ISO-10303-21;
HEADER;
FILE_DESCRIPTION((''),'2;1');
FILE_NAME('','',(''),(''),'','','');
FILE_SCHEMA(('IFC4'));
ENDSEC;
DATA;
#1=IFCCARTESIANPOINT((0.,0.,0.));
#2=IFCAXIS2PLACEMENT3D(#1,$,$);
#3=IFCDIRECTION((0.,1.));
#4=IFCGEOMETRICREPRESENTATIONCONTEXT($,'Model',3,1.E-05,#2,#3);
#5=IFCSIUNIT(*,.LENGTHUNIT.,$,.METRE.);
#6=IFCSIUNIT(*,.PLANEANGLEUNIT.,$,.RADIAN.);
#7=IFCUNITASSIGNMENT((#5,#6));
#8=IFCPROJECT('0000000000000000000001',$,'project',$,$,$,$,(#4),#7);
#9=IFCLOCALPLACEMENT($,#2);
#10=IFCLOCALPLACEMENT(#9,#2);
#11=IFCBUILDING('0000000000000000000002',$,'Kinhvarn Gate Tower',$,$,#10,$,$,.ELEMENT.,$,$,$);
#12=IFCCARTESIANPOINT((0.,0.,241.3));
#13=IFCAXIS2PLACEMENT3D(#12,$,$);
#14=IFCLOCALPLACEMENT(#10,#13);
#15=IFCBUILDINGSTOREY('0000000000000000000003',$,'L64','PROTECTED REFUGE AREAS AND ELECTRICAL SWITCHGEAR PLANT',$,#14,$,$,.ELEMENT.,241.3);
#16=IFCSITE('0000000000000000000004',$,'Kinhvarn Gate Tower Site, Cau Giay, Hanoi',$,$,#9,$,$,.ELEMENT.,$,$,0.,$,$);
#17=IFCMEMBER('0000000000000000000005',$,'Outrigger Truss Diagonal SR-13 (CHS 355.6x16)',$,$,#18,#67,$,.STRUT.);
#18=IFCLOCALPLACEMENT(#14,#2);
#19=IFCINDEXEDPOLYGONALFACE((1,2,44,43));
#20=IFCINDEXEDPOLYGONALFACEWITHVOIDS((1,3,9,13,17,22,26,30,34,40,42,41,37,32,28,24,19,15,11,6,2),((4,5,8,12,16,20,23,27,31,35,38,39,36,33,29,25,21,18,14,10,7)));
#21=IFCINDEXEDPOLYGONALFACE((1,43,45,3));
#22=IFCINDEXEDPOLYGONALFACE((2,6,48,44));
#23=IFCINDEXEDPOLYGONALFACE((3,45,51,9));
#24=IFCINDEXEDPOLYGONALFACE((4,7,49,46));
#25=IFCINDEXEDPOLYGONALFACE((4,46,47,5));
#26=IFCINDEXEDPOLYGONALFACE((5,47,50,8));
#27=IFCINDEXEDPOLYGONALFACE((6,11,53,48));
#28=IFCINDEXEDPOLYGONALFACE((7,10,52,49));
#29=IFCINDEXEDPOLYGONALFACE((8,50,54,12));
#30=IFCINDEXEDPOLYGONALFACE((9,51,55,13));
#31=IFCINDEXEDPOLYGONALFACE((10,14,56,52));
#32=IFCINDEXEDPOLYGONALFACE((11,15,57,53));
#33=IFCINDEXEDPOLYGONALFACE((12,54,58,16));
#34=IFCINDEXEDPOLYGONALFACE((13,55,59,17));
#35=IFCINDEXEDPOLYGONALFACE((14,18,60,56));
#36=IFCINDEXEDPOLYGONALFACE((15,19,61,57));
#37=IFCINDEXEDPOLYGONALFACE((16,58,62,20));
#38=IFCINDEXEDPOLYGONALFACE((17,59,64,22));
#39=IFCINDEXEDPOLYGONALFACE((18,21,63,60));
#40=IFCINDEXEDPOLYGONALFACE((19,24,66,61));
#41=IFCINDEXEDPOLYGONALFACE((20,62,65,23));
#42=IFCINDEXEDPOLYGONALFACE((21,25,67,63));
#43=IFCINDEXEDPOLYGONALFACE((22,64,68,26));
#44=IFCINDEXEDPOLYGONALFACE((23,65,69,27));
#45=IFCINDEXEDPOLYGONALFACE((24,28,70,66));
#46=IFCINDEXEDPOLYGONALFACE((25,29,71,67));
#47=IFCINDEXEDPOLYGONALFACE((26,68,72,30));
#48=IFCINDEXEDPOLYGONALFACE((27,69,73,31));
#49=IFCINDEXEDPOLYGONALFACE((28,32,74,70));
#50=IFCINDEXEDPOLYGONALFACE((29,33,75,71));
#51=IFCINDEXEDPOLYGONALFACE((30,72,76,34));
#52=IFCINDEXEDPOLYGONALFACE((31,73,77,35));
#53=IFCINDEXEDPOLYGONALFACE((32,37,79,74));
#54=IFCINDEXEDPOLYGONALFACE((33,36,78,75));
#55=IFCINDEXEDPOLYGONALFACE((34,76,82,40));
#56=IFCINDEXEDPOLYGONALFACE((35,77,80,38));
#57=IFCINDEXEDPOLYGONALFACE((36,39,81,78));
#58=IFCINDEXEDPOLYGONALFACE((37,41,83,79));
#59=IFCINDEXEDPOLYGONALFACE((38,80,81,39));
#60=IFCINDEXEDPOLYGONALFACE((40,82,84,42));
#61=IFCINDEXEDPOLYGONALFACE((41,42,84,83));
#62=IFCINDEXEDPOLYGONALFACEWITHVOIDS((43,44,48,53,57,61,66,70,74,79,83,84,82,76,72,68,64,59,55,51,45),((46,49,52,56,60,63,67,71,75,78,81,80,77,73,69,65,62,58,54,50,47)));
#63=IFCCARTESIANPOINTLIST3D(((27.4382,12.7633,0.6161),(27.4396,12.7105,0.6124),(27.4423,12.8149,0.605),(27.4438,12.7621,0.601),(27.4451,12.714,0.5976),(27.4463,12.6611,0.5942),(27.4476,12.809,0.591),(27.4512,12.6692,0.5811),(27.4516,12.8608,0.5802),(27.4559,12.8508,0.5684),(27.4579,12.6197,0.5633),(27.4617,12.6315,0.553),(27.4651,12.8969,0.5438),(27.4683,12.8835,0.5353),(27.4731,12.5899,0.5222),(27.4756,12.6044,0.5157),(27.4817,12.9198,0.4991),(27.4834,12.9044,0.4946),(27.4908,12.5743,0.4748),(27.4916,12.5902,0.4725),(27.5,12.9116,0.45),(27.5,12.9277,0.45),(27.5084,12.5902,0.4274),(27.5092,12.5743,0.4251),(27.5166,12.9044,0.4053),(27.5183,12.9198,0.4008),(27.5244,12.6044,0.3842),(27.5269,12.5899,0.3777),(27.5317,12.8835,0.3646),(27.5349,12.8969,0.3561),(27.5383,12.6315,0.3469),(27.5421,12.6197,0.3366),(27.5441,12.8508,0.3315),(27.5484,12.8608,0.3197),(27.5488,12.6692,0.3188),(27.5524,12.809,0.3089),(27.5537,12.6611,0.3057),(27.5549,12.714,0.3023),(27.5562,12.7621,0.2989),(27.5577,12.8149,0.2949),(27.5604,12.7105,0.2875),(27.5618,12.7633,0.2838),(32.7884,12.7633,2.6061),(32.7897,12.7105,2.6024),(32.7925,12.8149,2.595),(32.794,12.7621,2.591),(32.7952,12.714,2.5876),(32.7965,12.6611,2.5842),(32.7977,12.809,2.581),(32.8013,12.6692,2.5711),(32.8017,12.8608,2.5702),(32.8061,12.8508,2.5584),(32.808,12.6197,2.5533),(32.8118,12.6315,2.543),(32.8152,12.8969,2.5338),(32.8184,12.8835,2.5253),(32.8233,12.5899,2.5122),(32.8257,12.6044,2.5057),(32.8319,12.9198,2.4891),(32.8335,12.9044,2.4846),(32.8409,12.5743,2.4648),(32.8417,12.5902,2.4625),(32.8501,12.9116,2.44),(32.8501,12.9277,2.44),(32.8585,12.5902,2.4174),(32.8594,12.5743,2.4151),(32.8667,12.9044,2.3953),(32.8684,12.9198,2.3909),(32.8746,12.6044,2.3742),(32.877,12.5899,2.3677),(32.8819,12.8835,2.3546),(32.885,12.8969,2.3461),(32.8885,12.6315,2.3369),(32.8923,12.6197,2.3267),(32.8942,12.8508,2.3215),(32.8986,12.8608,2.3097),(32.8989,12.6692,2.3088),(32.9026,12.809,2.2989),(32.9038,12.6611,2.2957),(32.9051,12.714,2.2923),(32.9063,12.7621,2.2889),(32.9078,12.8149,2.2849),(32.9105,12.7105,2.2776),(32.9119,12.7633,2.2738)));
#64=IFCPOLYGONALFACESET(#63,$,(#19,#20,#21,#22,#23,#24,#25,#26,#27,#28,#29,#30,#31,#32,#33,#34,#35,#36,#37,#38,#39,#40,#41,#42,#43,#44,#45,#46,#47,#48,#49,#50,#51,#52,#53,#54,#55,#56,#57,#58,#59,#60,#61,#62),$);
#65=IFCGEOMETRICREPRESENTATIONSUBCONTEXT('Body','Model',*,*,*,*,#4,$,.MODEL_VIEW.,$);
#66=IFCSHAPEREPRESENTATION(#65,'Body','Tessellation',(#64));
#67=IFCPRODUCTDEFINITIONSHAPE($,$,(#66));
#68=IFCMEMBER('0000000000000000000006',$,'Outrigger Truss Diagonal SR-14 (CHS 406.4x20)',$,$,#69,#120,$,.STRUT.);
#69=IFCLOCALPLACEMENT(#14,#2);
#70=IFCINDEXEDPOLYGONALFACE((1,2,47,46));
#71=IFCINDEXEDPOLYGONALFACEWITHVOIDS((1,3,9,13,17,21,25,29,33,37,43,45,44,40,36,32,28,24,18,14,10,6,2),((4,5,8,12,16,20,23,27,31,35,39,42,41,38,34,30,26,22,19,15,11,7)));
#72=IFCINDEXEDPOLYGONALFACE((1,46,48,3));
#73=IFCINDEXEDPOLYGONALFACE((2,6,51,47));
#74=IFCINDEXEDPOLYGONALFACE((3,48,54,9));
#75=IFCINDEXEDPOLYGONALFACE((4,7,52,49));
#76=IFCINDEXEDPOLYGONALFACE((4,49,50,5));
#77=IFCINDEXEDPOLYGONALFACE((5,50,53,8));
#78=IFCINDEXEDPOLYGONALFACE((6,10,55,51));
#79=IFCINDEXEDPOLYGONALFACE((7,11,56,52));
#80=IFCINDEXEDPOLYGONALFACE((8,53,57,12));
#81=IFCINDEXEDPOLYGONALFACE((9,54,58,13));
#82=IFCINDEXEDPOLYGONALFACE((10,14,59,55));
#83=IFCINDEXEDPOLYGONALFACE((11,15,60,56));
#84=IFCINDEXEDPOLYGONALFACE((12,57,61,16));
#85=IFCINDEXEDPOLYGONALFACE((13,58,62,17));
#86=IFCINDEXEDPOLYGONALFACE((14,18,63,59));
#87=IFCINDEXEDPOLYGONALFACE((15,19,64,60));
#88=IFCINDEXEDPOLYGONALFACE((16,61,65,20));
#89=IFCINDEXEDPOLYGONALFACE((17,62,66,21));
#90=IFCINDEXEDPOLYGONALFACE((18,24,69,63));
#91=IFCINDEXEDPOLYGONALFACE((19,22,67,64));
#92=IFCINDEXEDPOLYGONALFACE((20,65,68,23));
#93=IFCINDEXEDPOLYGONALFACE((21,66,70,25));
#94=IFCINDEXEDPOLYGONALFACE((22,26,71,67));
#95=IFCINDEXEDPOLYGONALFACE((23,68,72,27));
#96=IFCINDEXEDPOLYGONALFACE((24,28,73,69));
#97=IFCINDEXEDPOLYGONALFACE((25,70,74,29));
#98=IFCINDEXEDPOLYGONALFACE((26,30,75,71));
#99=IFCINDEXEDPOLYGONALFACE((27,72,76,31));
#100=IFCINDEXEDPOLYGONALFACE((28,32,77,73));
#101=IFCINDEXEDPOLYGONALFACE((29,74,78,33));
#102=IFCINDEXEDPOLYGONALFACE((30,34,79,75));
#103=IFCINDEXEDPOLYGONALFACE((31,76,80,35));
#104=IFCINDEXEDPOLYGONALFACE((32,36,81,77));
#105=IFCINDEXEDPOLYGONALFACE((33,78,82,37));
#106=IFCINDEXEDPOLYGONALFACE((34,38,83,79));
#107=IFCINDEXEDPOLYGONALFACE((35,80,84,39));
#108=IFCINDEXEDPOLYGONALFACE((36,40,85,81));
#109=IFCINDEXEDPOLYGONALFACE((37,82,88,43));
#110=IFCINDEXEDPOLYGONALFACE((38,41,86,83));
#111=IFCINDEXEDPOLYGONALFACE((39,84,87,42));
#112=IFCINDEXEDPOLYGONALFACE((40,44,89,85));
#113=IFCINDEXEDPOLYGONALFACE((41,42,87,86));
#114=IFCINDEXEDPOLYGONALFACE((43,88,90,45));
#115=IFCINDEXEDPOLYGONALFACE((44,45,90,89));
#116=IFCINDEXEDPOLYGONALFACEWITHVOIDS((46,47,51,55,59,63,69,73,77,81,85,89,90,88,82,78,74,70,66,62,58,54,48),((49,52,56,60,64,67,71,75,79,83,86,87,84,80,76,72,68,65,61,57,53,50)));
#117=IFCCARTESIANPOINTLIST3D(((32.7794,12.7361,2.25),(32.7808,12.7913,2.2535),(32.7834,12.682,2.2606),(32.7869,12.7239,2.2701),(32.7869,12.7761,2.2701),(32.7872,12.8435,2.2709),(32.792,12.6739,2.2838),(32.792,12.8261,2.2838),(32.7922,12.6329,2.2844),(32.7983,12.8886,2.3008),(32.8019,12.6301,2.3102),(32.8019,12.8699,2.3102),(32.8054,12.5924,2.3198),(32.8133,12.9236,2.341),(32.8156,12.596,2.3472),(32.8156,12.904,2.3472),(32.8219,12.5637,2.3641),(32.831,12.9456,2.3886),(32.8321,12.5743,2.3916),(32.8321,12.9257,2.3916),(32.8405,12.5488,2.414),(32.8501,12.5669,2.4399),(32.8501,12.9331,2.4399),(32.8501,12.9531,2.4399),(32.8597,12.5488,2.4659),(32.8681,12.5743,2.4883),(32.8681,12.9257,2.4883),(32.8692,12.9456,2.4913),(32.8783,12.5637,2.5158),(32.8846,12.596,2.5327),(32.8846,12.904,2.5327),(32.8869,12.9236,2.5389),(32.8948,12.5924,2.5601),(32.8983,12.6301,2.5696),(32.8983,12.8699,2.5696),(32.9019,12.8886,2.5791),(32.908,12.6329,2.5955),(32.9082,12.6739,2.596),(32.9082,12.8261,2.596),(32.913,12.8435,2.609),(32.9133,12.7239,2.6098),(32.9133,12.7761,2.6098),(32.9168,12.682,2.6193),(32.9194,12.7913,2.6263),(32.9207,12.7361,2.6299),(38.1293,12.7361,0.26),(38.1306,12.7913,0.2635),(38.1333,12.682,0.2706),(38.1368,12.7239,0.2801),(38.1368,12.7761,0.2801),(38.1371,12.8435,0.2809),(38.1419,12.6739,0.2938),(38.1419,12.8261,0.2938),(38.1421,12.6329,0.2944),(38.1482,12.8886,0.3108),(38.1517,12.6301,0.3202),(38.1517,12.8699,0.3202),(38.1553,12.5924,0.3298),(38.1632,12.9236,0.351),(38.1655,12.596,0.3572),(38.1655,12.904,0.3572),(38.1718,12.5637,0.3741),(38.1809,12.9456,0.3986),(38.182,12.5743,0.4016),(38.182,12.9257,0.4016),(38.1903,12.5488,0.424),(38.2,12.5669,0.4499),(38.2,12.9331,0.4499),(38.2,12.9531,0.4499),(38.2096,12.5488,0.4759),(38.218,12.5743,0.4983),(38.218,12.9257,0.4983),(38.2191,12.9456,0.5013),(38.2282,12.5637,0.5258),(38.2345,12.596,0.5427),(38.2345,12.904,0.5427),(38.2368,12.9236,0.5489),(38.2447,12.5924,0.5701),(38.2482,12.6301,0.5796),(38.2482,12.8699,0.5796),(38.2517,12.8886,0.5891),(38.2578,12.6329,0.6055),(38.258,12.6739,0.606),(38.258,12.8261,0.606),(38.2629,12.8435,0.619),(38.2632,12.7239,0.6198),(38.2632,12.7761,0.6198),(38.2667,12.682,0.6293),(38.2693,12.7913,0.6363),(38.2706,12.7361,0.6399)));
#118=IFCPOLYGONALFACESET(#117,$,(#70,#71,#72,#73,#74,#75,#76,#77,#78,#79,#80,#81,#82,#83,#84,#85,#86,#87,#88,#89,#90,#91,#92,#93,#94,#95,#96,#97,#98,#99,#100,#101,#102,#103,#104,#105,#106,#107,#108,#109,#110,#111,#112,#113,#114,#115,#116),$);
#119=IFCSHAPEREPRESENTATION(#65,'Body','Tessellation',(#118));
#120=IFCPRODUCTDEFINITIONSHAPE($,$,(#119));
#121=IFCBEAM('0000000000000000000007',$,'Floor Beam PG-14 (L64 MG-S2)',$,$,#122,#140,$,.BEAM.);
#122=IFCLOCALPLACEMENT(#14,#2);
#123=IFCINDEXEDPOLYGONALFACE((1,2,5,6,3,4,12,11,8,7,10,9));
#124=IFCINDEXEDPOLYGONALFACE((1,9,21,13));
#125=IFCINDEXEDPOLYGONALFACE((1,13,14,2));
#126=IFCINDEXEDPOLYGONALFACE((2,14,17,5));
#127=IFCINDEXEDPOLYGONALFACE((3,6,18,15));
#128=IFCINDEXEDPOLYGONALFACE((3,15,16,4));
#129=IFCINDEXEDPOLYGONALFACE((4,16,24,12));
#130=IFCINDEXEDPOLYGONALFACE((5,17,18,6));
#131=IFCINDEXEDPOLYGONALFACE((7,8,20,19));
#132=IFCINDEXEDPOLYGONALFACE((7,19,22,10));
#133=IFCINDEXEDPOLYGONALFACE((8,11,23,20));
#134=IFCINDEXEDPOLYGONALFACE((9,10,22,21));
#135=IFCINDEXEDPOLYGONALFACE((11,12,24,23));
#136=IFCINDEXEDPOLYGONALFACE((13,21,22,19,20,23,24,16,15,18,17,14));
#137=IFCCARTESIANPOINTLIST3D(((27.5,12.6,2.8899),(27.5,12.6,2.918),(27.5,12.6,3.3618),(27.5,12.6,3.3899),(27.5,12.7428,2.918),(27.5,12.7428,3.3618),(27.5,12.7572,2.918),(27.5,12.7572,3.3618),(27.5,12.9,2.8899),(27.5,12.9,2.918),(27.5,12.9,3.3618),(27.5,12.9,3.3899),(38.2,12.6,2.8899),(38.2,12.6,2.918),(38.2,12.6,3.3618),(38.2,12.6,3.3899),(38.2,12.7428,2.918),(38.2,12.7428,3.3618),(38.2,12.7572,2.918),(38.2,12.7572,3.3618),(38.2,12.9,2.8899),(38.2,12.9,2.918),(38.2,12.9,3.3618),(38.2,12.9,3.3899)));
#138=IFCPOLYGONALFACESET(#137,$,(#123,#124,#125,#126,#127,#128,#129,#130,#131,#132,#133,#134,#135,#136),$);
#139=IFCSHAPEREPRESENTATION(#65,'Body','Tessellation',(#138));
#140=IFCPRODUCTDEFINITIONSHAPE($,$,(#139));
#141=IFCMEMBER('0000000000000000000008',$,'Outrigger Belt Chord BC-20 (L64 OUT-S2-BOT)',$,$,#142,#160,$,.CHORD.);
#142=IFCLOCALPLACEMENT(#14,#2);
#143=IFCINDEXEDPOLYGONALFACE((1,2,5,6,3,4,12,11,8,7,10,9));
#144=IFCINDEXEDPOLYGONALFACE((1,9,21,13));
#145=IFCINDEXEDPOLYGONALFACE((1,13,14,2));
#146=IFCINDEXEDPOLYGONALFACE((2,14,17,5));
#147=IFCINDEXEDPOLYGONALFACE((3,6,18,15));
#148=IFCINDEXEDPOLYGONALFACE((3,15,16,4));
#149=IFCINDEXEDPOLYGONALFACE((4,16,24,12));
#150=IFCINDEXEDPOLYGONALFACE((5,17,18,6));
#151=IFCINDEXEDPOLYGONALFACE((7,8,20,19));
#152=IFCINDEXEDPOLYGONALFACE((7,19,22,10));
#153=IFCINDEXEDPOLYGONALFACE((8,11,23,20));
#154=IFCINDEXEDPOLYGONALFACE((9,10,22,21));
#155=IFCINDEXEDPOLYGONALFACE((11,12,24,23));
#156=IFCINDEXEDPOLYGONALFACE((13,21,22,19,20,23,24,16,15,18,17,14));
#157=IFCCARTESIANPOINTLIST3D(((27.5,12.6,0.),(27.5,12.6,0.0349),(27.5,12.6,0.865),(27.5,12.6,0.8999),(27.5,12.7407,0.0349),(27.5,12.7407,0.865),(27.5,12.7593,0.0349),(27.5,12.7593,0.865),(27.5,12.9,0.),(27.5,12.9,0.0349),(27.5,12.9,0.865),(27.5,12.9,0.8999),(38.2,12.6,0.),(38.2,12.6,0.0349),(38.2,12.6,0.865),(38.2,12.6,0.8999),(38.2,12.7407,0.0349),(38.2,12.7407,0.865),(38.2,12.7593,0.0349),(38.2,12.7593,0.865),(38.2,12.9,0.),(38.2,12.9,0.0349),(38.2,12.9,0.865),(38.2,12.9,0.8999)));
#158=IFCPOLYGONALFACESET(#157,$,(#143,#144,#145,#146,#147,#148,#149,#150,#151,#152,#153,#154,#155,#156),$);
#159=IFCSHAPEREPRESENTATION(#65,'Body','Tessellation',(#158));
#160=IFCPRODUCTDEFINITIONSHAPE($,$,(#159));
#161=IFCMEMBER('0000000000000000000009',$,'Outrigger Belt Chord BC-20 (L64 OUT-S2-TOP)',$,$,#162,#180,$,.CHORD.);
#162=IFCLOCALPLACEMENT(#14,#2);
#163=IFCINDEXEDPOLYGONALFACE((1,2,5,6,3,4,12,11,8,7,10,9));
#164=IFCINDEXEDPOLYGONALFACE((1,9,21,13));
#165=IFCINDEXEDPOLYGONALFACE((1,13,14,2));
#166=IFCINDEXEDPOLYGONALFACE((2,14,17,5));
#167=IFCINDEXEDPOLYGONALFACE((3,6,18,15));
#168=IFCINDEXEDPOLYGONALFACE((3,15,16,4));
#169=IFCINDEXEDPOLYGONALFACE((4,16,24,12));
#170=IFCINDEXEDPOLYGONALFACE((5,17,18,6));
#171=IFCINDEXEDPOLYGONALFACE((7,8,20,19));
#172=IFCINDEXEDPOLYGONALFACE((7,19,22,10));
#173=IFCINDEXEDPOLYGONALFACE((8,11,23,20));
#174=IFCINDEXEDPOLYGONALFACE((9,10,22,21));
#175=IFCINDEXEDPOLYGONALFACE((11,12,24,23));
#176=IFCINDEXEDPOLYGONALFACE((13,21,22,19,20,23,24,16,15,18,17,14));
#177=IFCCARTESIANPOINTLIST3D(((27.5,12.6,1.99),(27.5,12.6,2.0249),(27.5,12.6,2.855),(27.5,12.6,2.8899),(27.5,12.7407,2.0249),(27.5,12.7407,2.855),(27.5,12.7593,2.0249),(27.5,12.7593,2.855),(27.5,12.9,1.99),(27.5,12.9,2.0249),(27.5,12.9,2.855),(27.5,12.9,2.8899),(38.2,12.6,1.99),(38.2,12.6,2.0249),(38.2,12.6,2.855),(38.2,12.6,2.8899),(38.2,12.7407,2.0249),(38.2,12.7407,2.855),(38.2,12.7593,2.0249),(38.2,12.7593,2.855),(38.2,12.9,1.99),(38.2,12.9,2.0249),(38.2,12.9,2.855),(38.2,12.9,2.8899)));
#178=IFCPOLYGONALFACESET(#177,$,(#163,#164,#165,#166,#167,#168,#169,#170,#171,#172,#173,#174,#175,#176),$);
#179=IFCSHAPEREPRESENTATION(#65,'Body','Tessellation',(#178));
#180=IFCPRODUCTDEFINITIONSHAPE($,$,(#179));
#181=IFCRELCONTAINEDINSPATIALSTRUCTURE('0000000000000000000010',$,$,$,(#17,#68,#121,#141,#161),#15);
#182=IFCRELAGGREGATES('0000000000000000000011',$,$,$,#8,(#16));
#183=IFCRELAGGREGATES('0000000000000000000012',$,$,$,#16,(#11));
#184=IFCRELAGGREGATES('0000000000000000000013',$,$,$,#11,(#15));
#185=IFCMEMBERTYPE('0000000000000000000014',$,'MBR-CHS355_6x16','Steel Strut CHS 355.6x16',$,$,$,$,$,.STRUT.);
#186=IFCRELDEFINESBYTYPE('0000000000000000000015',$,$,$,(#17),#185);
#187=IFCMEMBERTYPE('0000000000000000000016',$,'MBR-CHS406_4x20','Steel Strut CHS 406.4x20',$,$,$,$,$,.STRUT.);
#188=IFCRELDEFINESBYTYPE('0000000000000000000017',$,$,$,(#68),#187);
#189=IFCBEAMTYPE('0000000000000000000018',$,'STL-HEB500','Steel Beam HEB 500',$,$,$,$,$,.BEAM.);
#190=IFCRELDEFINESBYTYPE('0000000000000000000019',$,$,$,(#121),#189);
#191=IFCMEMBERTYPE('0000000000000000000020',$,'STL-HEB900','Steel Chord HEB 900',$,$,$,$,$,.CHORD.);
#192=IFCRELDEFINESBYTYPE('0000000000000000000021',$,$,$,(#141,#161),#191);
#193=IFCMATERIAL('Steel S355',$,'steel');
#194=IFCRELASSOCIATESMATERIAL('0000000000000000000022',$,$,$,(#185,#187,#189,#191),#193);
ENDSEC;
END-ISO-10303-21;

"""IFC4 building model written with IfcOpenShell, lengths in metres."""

from ifc_helpers import new_model, si_unit, direction, frame, origin, origin_2d, place, context, subcontext, project, spatial, hollow_circle, i_section, extrude, material, material_profile, profile_set, type_object, element, save


model = new_model("IFC4")

# Units and contexts
model_context = context("Model", 3, precision=1e-05, world=origin(), true_north=direction((0.0, 1.0)))
body_context = subcontext(model_context, "Body", "Model", "MODEL_VIEW")
ifc_project = project(units=[si_unit("LENGTHUNIT", "METRE"), si_unit("PLANEANGLEUNIT", "RADIAN")], contexts=[model_context])

# Site, building, storey
site_placement = place(None, origin())
site = spatial("IfcSite", under=ifc_project, at=site_placement, Name="Kinhvarn Gate Tower Site, Cau Giay, Hanoi", CompositionType="ELEMENT", RefElevation=0.0)
building_placement = place(site_placement, origin())
building = spatial("IfcBuilding", under=site, at=building_placement, Name="Kinhvarn Gate Tower", CompositionType="ELEMENT")
storey_placement = place(building_placement, frame((0.0, 0.0, 241.3)))
storey = spatial("IfcBuildingStorey", under=building, at=storey_placement, Name="L64", Description="PROTECTED REFUGE AREAS AND ELECTRICAL SWITCHGEAR PLANT", CompositionType="ELEMENT", Elevation=241.3)

# Members
ifc_material_1 = material(Name="Steel S355", Category="steel")
ifc_material_profile_1 = material_profile(ifc_material_1, hollow_circle(Radius=0.1777, WallThickness=0.0161, at=origin_2d()), Name="CHS 355.6x16")
ifc_profile_set_1 = profile_set([ifc_material_profile_1], Name="Steel S355")
member_type_1 = type_object("IfcMemberType", Name="MBR-CHS355_6x16", Description="Steel Strut CHS 355.6x16", PredefinedType="STRUT", material=ifc_profile_set_1)
member_1_placement = place(storey_placement, frame((27.5, 12.75, 0.45), z_axis=(0.937264, 0.0, 0.348619), x_axis=(0.0, 1.0, 0.0)))
element("IfcMember", 1, at=member_1_placement, inside=storey, type_object=member_type_1, Name="Outrigger Truss Diagonal SR-13 (CHS 355.6x16)", PredefinedType="STRUT", context=body_context, shape_type="SweptSolid", body=[
    extrude(hollow_circle(Radius=0.1777, WallThickness=0.0161, at=origin_2d()), origin(), (0.0, 0.0, 1.0), 5.7083),
])
ifc_material_profile_2 = material_profile(ifc_material_1, hollow_circle(Radius=0.2031, WallThickness=0.02, at=origin_2d()), Name="CHS 406.4x20")
ifc_profile_set_2 = profile_set([ifc_material_profile_2], Name="Steel S355")
member_type_2 = type_object("IfcMemberType", Name="MBR-CHS406_4x20", Description="Steel Strut CHS 406.4x20", PredefinedType="STRUT", material=ifc_profile_set_2)
member_2_placement = place(storey_placement, frame((32.8501, 12.75, 2.4399), z_axis=(0.937259, 0.0, -0.348633), x_axis=(0.0, 1.0, 0.0)))
element("IfcMember", 2, at=member_2_placement, inside=storey, type_object=member_type_2, Name="Outrigger Truss Diagonal SR-14 (CHS 406.4x20)", PredefinedType="STRUT", context=body_context, shape_type="SweptSolid", body=[
    extrude(hollow_circle(Radius=0.2031, WallThickness=0.02, at=origin_2d()), origin(), (0.0, 0.0, 1.0), 5.708),
])

# Beam
ifc_material_profile_3 = material_profile(ifc_material_1, i_section(OverallWidth=0.3, OverallDepth=0.5, WebThickness=0.0144, FlangeThickness=0.0281, at=origin_2d()), Name="HEB 500")
ifc_profile_set_3 = profile_set([ifc_material_profile_3], Name="Steel S355")
beam_type_1 = type_object("IfcBeamType", Name="STL-HEB500", Description="Steel Beam HEB 500", PredefinedType="BEAM", material=ifc_profile_set_3)
beam_1_placement = place(storey_placement, frame((27.5, 12.75, 3.1399), z_axis=(1.0, 0.0, 0.0), x_axis=(0.0, 1.0, 0.0)))
element("IfcBeam", 3, at=beam_1_placement, inside=storey, type_object=beam_type_1, Name="Floor Beam PG-14 (L64 MG-S2)", PredefinedType="BEAM", context=body_context, shape_type="SweptSolid", body=[
    extrude(i_section(OverallWidth=0.3, OverallDepth=0.5, WebThickness=0.0144, FlangeThickness=0.0281, at=origin_2d()), origin(), (0.0, 0.0, 1.0), 10.7),
])

# Members
ifc_material_profile_4 = material_profile(ifc_material_1, i_section(OverallWidth=0.3, OverallDepth=0.8999, WebThickness=0.0186, FlangeThickness=0.0349, at=origin_2d()), Name="HEB 900")
ifc_profile_set_4 = profile_set([ifc_material_profile_4], Name="Steel S355")
member_type_3 = type_object("IfcMemberType", Name="STL-HEB900", Description="Steel Chord HEB 900", PredefinedType="CHORD", material=ifc_profile_set_4)
for number, where, z_axis, x_axis, name in (
    (4, (27.5, 12.75, 0.45), (1.0, 0.0, 0.0), (0.0, 1.0, 0.0), "Outrigger Belt Chord BC-20 (L64 OUT-S2-BOT)"),
    (5, (27.5, 12.75, 2.4399), (1.0, 0.0, 0.0), (0.0, 1.0, 0.0), "Outrigger Belt Chord BC-20 (L64 OUT-S2-TOP)"),
):
    element("IfcMember", number, at=place(storey_placement, frame(where, z_axis=z_axis, x_axis=x_axis)), inside=storey, type_object=member_type_3, Name=name, PredefinedType="CHORD", context=body_context, shape_type="SweptSolid", body=[
        extrude(i_section(OverallWidth=0.3, OverallDepth=0.8999, WebThickness=0.0186, FlangeThickness=0.0349, at=origin_2d()), origin(), (0.0, 0.0, 1.0), 10.7),
    ])

save(model, "model.ifc")
